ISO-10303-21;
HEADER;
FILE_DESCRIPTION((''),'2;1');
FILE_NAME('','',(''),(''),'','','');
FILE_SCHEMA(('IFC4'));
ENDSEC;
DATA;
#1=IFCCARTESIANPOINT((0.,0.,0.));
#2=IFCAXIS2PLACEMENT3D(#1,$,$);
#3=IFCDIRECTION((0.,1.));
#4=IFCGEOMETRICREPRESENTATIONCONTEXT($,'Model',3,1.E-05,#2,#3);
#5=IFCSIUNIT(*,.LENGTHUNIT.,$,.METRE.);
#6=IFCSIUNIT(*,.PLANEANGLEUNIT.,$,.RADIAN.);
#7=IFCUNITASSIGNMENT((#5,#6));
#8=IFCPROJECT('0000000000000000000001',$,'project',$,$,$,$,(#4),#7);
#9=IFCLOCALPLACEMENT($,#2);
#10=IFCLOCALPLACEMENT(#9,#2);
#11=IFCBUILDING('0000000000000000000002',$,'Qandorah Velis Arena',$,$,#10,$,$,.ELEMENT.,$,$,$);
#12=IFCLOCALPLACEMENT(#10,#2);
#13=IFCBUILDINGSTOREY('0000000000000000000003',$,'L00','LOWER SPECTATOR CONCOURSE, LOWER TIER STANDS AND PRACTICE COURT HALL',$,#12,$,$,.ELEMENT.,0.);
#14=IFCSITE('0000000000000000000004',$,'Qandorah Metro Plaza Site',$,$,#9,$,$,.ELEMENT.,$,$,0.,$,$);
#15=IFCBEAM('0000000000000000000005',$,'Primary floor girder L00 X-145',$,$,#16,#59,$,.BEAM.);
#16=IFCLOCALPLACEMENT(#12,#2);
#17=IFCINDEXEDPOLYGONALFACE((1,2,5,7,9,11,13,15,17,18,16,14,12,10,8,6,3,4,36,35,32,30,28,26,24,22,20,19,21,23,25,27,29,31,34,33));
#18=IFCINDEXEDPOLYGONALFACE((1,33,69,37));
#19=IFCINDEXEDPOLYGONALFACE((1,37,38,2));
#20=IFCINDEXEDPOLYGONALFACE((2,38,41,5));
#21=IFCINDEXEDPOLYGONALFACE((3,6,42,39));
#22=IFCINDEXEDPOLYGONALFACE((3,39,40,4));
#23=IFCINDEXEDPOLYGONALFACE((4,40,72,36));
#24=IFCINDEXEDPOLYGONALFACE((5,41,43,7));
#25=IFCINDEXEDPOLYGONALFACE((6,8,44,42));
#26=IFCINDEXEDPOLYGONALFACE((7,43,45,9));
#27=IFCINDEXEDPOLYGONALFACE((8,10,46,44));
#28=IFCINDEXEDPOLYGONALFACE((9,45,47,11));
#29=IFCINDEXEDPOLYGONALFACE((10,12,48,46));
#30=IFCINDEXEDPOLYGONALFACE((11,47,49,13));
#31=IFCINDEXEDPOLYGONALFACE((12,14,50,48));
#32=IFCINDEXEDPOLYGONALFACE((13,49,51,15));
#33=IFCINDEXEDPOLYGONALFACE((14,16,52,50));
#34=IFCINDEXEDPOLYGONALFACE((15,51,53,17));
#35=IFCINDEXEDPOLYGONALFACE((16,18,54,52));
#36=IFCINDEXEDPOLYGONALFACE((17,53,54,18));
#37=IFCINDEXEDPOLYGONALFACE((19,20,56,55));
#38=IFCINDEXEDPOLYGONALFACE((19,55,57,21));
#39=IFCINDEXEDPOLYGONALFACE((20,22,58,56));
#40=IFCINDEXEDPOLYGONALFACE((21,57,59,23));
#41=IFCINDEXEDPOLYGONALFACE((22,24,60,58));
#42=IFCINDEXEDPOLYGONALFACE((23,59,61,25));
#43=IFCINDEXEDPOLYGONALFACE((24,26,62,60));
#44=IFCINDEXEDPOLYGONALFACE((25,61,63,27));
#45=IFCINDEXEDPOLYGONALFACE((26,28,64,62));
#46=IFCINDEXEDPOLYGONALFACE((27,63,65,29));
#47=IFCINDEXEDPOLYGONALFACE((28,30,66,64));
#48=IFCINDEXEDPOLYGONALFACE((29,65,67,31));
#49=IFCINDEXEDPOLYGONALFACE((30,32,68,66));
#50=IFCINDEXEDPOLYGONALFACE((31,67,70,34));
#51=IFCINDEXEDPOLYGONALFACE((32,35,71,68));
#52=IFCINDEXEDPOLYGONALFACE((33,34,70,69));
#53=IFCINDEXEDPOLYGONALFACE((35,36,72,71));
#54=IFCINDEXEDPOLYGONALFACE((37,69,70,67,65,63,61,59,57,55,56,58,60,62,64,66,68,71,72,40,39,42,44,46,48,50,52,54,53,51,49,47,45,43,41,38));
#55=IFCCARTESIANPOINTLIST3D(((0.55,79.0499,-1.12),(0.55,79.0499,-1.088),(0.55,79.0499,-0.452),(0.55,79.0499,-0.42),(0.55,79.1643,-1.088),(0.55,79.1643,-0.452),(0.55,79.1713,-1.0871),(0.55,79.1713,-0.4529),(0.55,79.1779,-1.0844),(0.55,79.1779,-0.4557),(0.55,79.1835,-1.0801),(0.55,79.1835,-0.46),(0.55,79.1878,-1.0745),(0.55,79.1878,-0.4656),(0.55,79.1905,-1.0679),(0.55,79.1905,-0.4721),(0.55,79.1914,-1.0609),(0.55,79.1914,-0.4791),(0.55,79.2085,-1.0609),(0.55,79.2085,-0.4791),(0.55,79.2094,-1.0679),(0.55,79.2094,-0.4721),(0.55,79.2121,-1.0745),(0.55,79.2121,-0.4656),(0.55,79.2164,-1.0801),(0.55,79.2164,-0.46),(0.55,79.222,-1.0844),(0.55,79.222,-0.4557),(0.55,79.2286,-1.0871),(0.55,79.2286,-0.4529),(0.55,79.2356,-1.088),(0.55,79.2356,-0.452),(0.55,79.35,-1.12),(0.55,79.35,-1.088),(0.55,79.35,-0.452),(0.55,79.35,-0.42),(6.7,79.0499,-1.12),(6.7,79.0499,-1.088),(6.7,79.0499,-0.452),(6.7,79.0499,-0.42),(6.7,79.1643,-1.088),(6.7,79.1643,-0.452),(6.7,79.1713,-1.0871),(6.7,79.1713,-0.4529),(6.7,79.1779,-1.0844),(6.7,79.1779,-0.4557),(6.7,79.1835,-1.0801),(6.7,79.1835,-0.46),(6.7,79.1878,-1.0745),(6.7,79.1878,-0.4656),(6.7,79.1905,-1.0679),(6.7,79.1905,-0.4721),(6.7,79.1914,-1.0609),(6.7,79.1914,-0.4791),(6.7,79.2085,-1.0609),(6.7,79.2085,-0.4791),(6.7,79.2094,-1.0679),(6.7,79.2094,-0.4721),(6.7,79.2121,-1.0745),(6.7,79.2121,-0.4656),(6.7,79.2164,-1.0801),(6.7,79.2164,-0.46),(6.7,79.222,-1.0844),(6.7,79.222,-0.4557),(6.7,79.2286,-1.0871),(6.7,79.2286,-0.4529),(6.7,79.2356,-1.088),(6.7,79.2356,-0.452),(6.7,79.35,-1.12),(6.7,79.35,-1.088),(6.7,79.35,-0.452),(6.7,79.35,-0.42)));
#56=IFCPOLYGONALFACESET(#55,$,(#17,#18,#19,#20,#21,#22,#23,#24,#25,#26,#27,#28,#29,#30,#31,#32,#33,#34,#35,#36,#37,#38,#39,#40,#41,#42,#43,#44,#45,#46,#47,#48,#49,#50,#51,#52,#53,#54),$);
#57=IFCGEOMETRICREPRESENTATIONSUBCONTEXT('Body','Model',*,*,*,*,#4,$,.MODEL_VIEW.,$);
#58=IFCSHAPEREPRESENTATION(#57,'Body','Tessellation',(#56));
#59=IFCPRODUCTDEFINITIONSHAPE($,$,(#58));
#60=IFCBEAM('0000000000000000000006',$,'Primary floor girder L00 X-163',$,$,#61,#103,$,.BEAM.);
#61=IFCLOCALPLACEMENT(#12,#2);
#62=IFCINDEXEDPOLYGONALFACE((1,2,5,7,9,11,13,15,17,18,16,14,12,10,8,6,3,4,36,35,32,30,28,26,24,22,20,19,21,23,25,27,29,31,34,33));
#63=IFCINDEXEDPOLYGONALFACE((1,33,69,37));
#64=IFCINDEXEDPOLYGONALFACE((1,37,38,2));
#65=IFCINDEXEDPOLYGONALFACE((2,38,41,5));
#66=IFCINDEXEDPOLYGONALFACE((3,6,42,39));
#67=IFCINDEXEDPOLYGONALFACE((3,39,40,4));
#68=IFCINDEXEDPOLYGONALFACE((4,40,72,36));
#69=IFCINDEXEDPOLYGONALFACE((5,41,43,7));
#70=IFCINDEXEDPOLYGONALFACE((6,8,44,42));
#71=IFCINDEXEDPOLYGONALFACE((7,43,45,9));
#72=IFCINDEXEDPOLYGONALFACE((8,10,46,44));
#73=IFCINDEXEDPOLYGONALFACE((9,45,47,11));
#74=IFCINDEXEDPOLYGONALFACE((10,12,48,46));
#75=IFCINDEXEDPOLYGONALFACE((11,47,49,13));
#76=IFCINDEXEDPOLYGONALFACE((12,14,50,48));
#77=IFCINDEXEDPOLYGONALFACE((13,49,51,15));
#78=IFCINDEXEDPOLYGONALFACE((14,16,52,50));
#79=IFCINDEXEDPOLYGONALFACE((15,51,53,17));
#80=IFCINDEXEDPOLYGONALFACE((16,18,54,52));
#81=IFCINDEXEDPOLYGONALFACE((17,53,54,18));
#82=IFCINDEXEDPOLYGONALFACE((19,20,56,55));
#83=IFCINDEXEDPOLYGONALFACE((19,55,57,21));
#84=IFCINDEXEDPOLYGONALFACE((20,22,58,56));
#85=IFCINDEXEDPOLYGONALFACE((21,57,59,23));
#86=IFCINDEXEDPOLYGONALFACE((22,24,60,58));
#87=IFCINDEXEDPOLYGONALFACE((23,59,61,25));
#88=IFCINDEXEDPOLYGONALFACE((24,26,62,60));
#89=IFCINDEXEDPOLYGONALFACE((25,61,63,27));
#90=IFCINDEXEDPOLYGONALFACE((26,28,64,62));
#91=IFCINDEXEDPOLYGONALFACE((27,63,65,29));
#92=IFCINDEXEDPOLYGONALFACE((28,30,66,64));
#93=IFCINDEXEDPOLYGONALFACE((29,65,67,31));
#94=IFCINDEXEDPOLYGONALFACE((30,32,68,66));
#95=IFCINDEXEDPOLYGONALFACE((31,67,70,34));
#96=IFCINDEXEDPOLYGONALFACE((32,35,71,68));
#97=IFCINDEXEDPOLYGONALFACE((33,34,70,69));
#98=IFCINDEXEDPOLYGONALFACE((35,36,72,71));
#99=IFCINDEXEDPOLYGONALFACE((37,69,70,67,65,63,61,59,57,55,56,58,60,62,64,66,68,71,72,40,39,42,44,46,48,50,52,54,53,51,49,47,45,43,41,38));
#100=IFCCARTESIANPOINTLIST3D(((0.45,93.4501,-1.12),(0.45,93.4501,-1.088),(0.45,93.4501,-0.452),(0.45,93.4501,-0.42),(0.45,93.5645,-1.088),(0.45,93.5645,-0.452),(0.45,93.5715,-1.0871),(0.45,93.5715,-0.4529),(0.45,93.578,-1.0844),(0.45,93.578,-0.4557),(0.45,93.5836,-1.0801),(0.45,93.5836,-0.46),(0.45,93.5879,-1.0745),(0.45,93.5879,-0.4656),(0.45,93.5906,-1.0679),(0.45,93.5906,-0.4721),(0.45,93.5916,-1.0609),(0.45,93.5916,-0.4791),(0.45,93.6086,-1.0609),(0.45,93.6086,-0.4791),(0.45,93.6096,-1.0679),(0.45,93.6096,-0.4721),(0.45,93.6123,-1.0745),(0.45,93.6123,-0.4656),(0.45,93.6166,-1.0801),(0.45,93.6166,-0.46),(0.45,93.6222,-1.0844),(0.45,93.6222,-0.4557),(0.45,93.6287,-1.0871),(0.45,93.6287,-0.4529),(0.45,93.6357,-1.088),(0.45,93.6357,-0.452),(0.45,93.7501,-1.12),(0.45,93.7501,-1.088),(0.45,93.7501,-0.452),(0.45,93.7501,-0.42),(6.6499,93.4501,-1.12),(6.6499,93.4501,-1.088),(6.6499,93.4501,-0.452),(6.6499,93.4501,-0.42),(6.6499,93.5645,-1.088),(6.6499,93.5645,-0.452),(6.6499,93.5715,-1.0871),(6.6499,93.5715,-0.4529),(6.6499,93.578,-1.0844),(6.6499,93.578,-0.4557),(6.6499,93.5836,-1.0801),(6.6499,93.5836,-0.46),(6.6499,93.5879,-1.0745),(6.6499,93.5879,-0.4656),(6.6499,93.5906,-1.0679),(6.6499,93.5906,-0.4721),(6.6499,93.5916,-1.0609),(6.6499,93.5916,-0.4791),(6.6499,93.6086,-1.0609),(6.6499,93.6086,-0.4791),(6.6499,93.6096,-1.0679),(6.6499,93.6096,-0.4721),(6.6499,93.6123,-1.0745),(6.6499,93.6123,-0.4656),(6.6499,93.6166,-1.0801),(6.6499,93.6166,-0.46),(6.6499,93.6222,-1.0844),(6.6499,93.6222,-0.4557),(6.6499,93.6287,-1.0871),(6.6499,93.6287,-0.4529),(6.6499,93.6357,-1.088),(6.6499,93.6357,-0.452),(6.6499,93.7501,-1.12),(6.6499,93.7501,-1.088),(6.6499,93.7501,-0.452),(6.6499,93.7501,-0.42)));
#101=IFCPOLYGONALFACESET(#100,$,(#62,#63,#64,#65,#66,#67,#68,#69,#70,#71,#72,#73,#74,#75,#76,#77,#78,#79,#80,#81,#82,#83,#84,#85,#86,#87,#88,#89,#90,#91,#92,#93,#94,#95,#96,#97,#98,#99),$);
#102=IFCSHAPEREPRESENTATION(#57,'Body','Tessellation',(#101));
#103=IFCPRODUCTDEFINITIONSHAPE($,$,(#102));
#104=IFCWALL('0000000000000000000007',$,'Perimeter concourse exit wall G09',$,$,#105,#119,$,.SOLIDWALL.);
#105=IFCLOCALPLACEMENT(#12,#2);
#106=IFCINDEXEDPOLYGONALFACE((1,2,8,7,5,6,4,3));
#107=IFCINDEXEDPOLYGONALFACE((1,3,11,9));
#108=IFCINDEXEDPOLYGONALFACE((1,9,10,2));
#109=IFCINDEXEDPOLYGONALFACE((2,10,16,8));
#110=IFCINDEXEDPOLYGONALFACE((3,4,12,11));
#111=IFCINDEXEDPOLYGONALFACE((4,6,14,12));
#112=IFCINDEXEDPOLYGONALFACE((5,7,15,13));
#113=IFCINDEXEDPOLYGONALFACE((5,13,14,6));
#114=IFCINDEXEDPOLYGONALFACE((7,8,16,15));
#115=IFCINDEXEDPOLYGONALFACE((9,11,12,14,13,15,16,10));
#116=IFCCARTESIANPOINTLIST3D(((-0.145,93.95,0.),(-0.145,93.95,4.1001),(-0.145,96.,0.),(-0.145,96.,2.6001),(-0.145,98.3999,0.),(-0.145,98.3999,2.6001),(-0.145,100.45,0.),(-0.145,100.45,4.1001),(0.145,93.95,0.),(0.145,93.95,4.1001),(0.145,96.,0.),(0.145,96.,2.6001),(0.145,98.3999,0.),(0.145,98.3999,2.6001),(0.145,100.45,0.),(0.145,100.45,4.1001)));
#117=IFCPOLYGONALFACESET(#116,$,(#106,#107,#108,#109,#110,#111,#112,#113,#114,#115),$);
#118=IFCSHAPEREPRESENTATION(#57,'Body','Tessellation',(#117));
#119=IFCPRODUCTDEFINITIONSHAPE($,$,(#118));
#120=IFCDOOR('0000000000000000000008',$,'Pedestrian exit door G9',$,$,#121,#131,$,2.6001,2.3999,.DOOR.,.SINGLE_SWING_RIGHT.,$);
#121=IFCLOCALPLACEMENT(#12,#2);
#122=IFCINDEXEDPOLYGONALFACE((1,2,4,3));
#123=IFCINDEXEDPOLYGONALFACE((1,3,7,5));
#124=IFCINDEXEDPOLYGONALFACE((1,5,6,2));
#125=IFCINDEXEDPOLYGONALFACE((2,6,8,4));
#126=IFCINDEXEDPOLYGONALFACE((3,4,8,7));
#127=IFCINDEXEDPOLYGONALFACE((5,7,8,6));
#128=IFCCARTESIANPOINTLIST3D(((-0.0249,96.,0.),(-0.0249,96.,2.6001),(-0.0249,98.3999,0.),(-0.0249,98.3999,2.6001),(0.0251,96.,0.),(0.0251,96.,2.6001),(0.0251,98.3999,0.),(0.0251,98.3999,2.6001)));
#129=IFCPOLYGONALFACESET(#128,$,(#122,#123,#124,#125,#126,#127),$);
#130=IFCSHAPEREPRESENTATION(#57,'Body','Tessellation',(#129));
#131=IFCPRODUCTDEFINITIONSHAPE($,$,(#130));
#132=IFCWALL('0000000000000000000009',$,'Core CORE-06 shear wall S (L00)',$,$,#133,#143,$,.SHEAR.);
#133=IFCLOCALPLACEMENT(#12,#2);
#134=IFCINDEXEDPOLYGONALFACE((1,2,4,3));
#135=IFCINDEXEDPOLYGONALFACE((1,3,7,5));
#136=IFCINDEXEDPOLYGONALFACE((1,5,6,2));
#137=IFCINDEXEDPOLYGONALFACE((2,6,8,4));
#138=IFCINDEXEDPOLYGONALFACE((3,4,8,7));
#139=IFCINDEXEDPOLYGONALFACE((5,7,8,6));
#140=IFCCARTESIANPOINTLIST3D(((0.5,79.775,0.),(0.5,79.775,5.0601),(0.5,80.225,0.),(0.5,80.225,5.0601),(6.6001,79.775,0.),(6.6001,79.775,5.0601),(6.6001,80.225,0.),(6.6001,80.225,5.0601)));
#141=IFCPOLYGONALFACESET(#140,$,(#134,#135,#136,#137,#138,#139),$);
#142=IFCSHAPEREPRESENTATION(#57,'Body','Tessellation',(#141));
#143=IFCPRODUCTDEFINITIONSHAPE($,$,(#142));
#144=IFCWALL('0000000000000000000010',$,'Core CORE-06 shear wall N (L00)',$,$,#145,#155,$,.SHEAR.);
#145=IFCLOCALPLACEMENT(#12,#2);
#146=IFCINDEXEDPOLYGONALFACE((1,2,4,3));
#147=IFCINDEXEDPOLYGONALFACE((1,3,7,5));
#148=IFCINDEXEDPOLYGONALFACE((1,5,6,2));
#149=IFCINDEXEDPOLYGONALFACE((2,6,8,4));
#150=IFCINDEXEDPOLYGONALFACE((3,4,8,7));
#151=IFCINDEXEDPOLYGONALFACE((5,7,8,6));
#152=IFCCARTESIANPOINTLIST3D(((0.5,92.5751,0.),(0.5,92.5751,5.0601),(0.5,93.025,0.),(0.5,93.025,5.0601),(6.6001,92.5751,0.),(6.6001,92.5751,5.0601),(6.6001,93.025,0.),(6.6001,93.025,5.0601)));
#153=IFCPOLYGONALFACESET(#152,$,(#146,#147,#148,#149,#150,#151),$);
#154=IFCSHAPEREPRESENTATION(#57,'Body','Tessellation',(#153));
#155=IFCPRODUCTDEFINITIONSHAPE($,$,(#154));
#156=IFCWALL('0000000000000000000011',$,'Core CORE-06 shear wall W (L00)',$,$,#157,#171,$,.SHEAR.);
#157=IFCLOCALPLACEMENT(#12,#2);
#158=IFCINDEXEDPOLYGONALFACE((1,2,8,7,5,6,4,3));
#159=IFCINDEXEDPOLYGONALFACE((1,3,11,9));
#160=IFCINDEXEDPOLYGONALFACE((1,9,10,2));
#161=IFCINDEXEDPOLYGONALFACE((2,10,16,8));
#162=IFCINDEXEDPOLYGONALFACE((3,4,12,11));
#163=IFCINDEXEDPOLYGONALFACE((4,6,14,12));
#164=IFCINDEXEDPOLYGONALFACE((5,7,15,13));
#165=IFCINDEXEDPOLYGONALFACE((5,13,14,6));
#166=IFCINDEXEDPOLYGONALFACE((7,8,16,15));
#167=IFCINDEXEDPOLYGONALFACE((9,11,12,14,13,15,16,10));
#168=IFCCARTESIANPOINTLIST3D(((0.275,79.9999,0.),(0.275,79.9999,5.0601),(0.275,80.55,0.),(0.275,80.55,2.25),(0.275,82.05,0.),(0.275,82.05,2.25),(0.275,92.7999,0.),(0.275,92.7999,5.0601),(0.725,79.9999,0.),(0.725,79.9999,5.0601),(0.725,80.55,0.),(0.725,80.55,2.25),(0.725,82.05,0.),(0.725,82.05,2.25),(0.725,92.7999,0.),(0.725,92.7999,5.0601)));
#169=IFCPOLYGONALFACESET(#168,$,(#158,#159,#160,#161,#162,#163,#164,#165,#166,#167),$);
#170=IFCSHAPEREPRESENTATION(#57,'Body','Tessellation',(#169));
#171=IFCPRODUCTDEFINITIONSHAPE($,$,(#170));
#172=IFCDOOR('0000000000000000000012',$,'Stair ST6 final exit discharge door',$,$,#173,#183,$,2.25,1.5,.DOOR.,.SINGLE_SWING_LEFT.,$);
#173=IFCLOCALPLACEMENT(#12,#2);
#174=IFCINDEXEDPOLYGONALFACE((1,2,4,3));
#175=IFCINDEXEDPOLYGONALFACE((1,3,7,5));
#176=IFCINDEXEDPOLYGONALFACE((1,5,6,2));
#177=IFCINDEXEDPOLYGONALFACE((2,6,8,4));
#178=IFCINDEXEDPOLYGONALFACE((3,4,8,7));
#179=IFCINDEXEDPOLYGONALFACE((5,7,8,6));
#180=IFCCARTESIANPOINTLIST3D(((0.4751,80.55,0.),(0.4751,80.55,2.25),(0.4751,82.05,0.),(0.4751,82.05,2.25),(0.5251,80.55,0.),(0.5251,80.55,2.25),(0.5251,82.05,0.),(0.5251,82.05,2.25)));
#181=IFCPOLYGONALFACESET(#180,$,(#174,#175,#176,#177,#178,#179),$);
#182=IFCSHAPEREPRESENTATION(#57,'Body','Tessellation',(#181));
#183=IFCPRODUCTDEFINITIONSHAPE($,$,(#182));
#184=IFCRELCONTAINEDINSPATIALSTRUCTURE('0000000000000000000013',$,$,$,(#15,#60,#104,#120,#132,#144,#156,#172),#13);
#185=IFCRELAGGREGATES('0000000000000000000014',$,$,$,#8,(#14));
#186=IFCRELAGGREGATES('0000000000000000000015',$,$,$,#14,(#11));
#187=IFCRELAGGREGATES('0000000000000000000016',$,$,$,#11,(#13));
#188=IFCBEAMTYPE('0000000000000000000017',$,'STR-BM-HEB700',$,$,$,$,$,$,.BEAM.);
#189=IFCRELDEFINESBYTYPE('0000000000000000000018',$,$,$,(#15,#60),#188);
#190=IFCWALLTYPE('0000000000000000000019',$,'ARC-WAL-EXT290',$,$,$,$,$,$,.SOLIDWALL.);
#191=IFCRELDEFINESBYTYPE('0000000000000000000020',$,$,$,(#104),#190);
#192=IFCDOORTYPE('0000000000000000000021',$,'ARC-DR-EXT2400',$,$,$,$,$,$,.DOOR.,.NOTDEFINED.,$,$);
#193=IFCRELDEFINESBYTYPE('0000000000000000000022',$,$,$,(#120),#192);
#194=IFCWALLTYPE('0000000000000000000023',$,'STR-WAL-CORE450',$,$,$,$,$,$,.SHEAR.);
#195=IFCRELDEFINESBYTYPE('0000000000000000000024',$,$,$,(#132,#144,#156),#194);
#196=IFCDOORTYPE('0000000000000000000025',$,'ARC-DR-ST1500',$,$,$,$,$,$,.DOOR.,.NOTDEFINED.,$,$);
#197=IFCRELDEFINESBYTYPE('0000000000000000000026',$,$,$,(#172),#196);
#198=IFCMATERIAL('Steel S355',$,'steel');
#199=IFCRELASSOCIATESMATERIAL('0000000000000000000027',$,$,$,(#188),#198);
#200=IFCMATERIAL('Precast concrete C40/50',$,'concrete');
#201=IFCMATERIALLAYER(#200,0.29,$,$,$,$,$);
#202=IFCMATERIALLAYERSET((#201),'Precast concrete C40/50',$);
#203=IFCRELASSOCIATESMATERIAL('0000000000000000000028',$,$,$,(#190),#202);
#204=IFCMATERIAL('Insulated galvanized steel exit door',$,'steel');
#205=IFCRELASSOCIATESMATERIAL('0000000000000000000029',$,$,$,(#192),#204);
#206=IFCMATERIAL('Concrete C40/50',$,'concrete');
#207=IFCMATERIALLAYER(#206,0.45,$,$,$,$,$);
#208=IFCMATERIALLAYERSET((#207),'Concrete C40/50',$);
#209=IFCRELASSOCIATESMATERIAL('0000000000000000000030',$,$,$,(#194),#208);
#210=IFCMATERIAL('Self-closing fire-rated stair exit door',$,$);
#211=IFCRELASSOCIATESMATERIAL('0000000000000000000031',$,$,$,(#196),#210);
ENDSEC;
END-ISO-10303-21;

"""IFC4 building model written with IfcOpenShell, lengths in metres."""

from ifc_helpers import new_model, si_unit, direction, frame, frame_2d, origin, origin_2d, place, context, subcontext, project, spatial, rectangle, i_section, extrude, material, layer, layer_set, material_profile, profile_set, type_object, element, fill, save


model = new_model("IFC4")

# Units and contexts
model_context = context("Model", 3, precision=1e-05, world=origin(), true_north=direction((0.0, 1.0)))
body_context = subcontext(model_context, "Body", "Model", "MODEL_VIEW")
ifc_project = project(units=[si_unit("LENGTHUNIT", "METRE"), si_unit("PLANEANGLEUNIT", "RADIAN")], contexts=[model_context])

# Site, building, storey
site_placement = place(None, origin())
site = spatial("IfcSite", under=ifc_project, at=site_placement, Name="Qandorah Metro Plaza Site", CompositionType="ELEMENT", RefElevation=0.0)
building_placement = place(site_placement, origin())
building = spatial("IfcBuilding", under=site, at=building_placement, Name="Qandorah Velis Arena", CompositionType="ELEMENT")
storey_placement = place(building_placement, origin())
storey = spatial("IfcBuildingStorey", under=building, at=storey_placement, Name="L00", Description="LOWER SPECTATOR CONCOURSE, LOWER TIER STANDS AND PRACTICE COURT HALL", CompositionType="ELEMENT", Elevation=0.0)

# Shared definitions
ifc_material_1 = material(Name="Concrete C40/50", Category="concrete")

# Beams
ifc_material_2 = material(Name="Steel S355", Category="steel")
ifc_material_profile_1 = material_profile(ifc_material_2, i_section(OverallWidth=0.3, OverallDepth=0.7, WebThickness=0.0171, FlangeThickness=0.032, FilletRadius=0.0271, at=origin_2d()), Name="HEB 700")
ifc_profile_set_1 = profile_set([ifc_material_profile_1], Name="Steel S355")
beam_type_1 = type_object("IfcBeamType", Name="STR-BM-HEB700", PredefinedType="BEAM", material=ifc_profile_set_1)
beam_1_placement = place(storey_placement, frame((0.55, 79.2, -0.77), z_axis=(1.0, 0.0, 0.0), x_axis=(0.0, 1.0, 0.0)))
element("IfcBeam", 1, at=beam_1_placement, inside=storey, type_object=beam_type_1, Name="Primary floor girder L00 X-145", PredefinedType="BEAM", context=body_context, shape_type="SweptSolid", body=[
    extrude(i_section(OverallWidth=0.3, OverallDepth=0.7, WebThickness=0.0171, FlangeThickness=0.032, FilletRadius=0.0271, at=origin_2d()), origin(), (0.0, 0.0, 1.0), 6.1499),
])
beam_2_placement = place(storey_placement, frame((0.45, 93.6001, -0.77), z_axis=(1.0, 0.0, 0.0), x_axis=(0.0, 1.0, 0.0)))
element("IfcBeam", 2, at=beam_2_placement, inside=storey, type_object=beam_type_1, Name="Primary floor girder L00 X-163", PredefinedType="BEAM", context=body_context, shape_type="SweptSolid", body=[
    extrude(i_section(OverallWidth=0.3, OverallDepth=0.7, WebThickness=0.0171, FlangeThickness=0.032, FilletRadius=0.0271, at=origin_2d()), origin(), (0.0, 0.0, 1.0), 6.2),
])

# Wall, opening, door
ifc_material_3 = material(Name="Precast concrete C40/50", Category="concrete")
ifc_layer_1 = layer(ifc_material_3, 0.29)
ifc_layer_set_1 = layer_set([ifc_layer_1], Name="Precast concrete C40/50")
wall_type_1 = type_object("IfcWallType", Name="ARC-WAL-EXT290", PredefinedType="SOLIDWALL", material=ifc_layer_set_1)
wall_1_placement = place(storey_placement, frame((0.0, 93.95, 0.0), z_axis=(0.0, 0.0, 1.0), x_axis=(0.0, 1.0, 0.0)))
wall_1 = element("IfcWall", 3, at=wall_1_placement, inside=storey, type_object=wall_type_1, Name="Perimeter concourse exit wall G09", PredefinedType="SOLIDWALL", context=body_context, shape_type="SweptSolid", body=[
    extrude(rectangle(XDim=6.5, YDim=0.29, at=frame_2d((3.25, 0.0))), origin(), (0.0, 0.0, 1.0), 4.1001),
])
opening_1_placement = place(wall_1_placement, frame((2.05, 0.0, 0.0)))
opening_1 = element("IfcOpeningElement", 4, at=opening_1_placement, cuts=wall_1, PredefinedType="OPENING", context=body_context, shape_type="SweptSolid", body=[
    extrude(rectangle(XDim=2.3999, YDim=2.6001, at=frame_2d((1.2, 1.3))), frame((0.0, 0.155, 0.0), z_axis=(0.0, -1.0, 0.0), x_axis=(1.0, 0.0, 0.0)), (0.0, 0.0, 1.0), 0.3101),
])
ifc_material_4 = material(Name="Insulated galvanized steel exit door", Category="steel")
door_type_1 = type_object("IfcDoorType", Name="ARC-DR-EXT2400", OperationType="NOTDEFINED", PredefinedType="DOOR", material=ifc_material_4)
door_1_placement = place(opening_1_placement, origin())
door_1 = element("IfcDoor", 5, at=door_1_placement, inside=storey, type_object=door_type_1, Name="Pedestrian exit door G9", OperationType="SINGLE_SWING_RIGHT", OverallHeight=2.6001, OverallWidth=2.3999, PredefinedType="DOOR", context=body_context, shape_type="SweptSolid", body=[
    extrude(rectangle(XDim=2.3999, YDim=2.6001, at=frame_2d((1.2, 1.3))), frame((0.0, 0.0249, 0.0), z_axis=(0.0, -1.0, 0.0), x_axis=(1.0, 0.0, 0.0)), (0.0, 0.0, 1.0), 0.05),
])
fill(opening_1, door_1)

# Walls
ifc_layer_2 = layer(ifc_material_1, 0.45)
ifc_layer_set_2 = layer_set([ifc_layer_2], Name="Concrete C40/50")
wall_type_2 = type_object("IfcWallType", Name="STR-WAL-CORE450", PredefinedType="SHEAR", material=ifc_layer_set_2)
for number, where, z_axis, x_axis, name in (
    (6, (0.5, 80.0, 0.0), (0.0, 0.0, 1.0), (1.0, 0.0, 0.0), "Core CORE-06 shear wall S (L00)"),
    (7, (0.5, 92.8, 0.0), (0.0, 0.0, 1.0), (1.0, 0.0, 0.0), "Core CORE-06 shear wall N (L00)"),
):
    element("IfcWall", number, at=place(storey_placement, frame(where, z_axis=z_axis, x_axis=x_axis)), inside=storey, type_object=wall_type_2, Name=name, PredefinedType="SHEAR", context=body_context, shape_type="SweptSolid", body=[
        extrude(rectangle(XDim=6.1001, YDim=0.45, at=frame_2d((3.05, 0.0))), origin(), (0.0, 0.0, 1.0), 5.0601),
    ])

# Wall, opening, door
wall_2_placement = place(storey_placement, frame((0.5, 80.0, 0.0), z_axis=(0.0, 0.0, 1.0), x_axis=(0.0, 1.0, 0.0)))
wall_2 = element("IfcWall", 8, at=wall_2_placement, inside=storey, type_object=wall_type_2, Name="Core CORE-06 shear wall W (L00)", PredefinedType="SHEAR", context=body_context, shape_type="SweptSolid", body=[
    extrude(rectangle(XDim=12.8, YDim=0.45, at=frame_2d((6.3999, 0.0))), origin(), (0.0, 0.0, 1.0), 5.0601),
])
opening_2_placement = place(wall_2_placement, frame((0.55, 0.0, 0.0)))
opening_2 = element("IfcOpeningElement", 9, at=opening_2_placement, cuts=wall_2, PredefinedType="OPENING", context=body_context, shape_type="SweptSolid", body=[
    extrude(rectangle(XDim=1.5, YDim=2.25, at=frame_2d((0.75, 1.125))), frame((0.0, 0.2349, 0.0), z_axis=(0.0, -1.0, 0.0), x_axis=(1.0, 0.0, 0.0)), (0.0, 0.0, 1.0), 0.47),
])
ifc_material_5 = material(Name="Self-closing fire-rated stair exit door")
door_type_2 = type_object("IfcDoorType", Name="ARC-DR-ST1500", OperationType="NOTDEFINED", PredefinedType="DOOR", material=ifc_material_5)
door_2_placement = place(opening_2_placement, origin())
door_2 = element("IfcDoor", 10, at=door_2_placement, inside=storey, type_object=door_type_2, Name="Stair ST6 final exit discharge door", OperationType="SINGLE_SWING_LEFT", OverallHeight=2.25, OverallWidth=1.5, PredefinedType="DOOR", context=body_context, shape_type="SweptSolid", body=[
    extrude(rectangle(XDim=1.5, YDim=2.25, at=frame_2d((0.75, 1.125))), frame((0.0, 0.0249, 0.0), z_axis=(0.0, -1.0, 0.0), x_axis=(1.0, 0.0, 0.0)), (0.0, 0.0, 1.0), 0.05),
])
fill(opening_2, door_2)

save(model, "model.ifc")
